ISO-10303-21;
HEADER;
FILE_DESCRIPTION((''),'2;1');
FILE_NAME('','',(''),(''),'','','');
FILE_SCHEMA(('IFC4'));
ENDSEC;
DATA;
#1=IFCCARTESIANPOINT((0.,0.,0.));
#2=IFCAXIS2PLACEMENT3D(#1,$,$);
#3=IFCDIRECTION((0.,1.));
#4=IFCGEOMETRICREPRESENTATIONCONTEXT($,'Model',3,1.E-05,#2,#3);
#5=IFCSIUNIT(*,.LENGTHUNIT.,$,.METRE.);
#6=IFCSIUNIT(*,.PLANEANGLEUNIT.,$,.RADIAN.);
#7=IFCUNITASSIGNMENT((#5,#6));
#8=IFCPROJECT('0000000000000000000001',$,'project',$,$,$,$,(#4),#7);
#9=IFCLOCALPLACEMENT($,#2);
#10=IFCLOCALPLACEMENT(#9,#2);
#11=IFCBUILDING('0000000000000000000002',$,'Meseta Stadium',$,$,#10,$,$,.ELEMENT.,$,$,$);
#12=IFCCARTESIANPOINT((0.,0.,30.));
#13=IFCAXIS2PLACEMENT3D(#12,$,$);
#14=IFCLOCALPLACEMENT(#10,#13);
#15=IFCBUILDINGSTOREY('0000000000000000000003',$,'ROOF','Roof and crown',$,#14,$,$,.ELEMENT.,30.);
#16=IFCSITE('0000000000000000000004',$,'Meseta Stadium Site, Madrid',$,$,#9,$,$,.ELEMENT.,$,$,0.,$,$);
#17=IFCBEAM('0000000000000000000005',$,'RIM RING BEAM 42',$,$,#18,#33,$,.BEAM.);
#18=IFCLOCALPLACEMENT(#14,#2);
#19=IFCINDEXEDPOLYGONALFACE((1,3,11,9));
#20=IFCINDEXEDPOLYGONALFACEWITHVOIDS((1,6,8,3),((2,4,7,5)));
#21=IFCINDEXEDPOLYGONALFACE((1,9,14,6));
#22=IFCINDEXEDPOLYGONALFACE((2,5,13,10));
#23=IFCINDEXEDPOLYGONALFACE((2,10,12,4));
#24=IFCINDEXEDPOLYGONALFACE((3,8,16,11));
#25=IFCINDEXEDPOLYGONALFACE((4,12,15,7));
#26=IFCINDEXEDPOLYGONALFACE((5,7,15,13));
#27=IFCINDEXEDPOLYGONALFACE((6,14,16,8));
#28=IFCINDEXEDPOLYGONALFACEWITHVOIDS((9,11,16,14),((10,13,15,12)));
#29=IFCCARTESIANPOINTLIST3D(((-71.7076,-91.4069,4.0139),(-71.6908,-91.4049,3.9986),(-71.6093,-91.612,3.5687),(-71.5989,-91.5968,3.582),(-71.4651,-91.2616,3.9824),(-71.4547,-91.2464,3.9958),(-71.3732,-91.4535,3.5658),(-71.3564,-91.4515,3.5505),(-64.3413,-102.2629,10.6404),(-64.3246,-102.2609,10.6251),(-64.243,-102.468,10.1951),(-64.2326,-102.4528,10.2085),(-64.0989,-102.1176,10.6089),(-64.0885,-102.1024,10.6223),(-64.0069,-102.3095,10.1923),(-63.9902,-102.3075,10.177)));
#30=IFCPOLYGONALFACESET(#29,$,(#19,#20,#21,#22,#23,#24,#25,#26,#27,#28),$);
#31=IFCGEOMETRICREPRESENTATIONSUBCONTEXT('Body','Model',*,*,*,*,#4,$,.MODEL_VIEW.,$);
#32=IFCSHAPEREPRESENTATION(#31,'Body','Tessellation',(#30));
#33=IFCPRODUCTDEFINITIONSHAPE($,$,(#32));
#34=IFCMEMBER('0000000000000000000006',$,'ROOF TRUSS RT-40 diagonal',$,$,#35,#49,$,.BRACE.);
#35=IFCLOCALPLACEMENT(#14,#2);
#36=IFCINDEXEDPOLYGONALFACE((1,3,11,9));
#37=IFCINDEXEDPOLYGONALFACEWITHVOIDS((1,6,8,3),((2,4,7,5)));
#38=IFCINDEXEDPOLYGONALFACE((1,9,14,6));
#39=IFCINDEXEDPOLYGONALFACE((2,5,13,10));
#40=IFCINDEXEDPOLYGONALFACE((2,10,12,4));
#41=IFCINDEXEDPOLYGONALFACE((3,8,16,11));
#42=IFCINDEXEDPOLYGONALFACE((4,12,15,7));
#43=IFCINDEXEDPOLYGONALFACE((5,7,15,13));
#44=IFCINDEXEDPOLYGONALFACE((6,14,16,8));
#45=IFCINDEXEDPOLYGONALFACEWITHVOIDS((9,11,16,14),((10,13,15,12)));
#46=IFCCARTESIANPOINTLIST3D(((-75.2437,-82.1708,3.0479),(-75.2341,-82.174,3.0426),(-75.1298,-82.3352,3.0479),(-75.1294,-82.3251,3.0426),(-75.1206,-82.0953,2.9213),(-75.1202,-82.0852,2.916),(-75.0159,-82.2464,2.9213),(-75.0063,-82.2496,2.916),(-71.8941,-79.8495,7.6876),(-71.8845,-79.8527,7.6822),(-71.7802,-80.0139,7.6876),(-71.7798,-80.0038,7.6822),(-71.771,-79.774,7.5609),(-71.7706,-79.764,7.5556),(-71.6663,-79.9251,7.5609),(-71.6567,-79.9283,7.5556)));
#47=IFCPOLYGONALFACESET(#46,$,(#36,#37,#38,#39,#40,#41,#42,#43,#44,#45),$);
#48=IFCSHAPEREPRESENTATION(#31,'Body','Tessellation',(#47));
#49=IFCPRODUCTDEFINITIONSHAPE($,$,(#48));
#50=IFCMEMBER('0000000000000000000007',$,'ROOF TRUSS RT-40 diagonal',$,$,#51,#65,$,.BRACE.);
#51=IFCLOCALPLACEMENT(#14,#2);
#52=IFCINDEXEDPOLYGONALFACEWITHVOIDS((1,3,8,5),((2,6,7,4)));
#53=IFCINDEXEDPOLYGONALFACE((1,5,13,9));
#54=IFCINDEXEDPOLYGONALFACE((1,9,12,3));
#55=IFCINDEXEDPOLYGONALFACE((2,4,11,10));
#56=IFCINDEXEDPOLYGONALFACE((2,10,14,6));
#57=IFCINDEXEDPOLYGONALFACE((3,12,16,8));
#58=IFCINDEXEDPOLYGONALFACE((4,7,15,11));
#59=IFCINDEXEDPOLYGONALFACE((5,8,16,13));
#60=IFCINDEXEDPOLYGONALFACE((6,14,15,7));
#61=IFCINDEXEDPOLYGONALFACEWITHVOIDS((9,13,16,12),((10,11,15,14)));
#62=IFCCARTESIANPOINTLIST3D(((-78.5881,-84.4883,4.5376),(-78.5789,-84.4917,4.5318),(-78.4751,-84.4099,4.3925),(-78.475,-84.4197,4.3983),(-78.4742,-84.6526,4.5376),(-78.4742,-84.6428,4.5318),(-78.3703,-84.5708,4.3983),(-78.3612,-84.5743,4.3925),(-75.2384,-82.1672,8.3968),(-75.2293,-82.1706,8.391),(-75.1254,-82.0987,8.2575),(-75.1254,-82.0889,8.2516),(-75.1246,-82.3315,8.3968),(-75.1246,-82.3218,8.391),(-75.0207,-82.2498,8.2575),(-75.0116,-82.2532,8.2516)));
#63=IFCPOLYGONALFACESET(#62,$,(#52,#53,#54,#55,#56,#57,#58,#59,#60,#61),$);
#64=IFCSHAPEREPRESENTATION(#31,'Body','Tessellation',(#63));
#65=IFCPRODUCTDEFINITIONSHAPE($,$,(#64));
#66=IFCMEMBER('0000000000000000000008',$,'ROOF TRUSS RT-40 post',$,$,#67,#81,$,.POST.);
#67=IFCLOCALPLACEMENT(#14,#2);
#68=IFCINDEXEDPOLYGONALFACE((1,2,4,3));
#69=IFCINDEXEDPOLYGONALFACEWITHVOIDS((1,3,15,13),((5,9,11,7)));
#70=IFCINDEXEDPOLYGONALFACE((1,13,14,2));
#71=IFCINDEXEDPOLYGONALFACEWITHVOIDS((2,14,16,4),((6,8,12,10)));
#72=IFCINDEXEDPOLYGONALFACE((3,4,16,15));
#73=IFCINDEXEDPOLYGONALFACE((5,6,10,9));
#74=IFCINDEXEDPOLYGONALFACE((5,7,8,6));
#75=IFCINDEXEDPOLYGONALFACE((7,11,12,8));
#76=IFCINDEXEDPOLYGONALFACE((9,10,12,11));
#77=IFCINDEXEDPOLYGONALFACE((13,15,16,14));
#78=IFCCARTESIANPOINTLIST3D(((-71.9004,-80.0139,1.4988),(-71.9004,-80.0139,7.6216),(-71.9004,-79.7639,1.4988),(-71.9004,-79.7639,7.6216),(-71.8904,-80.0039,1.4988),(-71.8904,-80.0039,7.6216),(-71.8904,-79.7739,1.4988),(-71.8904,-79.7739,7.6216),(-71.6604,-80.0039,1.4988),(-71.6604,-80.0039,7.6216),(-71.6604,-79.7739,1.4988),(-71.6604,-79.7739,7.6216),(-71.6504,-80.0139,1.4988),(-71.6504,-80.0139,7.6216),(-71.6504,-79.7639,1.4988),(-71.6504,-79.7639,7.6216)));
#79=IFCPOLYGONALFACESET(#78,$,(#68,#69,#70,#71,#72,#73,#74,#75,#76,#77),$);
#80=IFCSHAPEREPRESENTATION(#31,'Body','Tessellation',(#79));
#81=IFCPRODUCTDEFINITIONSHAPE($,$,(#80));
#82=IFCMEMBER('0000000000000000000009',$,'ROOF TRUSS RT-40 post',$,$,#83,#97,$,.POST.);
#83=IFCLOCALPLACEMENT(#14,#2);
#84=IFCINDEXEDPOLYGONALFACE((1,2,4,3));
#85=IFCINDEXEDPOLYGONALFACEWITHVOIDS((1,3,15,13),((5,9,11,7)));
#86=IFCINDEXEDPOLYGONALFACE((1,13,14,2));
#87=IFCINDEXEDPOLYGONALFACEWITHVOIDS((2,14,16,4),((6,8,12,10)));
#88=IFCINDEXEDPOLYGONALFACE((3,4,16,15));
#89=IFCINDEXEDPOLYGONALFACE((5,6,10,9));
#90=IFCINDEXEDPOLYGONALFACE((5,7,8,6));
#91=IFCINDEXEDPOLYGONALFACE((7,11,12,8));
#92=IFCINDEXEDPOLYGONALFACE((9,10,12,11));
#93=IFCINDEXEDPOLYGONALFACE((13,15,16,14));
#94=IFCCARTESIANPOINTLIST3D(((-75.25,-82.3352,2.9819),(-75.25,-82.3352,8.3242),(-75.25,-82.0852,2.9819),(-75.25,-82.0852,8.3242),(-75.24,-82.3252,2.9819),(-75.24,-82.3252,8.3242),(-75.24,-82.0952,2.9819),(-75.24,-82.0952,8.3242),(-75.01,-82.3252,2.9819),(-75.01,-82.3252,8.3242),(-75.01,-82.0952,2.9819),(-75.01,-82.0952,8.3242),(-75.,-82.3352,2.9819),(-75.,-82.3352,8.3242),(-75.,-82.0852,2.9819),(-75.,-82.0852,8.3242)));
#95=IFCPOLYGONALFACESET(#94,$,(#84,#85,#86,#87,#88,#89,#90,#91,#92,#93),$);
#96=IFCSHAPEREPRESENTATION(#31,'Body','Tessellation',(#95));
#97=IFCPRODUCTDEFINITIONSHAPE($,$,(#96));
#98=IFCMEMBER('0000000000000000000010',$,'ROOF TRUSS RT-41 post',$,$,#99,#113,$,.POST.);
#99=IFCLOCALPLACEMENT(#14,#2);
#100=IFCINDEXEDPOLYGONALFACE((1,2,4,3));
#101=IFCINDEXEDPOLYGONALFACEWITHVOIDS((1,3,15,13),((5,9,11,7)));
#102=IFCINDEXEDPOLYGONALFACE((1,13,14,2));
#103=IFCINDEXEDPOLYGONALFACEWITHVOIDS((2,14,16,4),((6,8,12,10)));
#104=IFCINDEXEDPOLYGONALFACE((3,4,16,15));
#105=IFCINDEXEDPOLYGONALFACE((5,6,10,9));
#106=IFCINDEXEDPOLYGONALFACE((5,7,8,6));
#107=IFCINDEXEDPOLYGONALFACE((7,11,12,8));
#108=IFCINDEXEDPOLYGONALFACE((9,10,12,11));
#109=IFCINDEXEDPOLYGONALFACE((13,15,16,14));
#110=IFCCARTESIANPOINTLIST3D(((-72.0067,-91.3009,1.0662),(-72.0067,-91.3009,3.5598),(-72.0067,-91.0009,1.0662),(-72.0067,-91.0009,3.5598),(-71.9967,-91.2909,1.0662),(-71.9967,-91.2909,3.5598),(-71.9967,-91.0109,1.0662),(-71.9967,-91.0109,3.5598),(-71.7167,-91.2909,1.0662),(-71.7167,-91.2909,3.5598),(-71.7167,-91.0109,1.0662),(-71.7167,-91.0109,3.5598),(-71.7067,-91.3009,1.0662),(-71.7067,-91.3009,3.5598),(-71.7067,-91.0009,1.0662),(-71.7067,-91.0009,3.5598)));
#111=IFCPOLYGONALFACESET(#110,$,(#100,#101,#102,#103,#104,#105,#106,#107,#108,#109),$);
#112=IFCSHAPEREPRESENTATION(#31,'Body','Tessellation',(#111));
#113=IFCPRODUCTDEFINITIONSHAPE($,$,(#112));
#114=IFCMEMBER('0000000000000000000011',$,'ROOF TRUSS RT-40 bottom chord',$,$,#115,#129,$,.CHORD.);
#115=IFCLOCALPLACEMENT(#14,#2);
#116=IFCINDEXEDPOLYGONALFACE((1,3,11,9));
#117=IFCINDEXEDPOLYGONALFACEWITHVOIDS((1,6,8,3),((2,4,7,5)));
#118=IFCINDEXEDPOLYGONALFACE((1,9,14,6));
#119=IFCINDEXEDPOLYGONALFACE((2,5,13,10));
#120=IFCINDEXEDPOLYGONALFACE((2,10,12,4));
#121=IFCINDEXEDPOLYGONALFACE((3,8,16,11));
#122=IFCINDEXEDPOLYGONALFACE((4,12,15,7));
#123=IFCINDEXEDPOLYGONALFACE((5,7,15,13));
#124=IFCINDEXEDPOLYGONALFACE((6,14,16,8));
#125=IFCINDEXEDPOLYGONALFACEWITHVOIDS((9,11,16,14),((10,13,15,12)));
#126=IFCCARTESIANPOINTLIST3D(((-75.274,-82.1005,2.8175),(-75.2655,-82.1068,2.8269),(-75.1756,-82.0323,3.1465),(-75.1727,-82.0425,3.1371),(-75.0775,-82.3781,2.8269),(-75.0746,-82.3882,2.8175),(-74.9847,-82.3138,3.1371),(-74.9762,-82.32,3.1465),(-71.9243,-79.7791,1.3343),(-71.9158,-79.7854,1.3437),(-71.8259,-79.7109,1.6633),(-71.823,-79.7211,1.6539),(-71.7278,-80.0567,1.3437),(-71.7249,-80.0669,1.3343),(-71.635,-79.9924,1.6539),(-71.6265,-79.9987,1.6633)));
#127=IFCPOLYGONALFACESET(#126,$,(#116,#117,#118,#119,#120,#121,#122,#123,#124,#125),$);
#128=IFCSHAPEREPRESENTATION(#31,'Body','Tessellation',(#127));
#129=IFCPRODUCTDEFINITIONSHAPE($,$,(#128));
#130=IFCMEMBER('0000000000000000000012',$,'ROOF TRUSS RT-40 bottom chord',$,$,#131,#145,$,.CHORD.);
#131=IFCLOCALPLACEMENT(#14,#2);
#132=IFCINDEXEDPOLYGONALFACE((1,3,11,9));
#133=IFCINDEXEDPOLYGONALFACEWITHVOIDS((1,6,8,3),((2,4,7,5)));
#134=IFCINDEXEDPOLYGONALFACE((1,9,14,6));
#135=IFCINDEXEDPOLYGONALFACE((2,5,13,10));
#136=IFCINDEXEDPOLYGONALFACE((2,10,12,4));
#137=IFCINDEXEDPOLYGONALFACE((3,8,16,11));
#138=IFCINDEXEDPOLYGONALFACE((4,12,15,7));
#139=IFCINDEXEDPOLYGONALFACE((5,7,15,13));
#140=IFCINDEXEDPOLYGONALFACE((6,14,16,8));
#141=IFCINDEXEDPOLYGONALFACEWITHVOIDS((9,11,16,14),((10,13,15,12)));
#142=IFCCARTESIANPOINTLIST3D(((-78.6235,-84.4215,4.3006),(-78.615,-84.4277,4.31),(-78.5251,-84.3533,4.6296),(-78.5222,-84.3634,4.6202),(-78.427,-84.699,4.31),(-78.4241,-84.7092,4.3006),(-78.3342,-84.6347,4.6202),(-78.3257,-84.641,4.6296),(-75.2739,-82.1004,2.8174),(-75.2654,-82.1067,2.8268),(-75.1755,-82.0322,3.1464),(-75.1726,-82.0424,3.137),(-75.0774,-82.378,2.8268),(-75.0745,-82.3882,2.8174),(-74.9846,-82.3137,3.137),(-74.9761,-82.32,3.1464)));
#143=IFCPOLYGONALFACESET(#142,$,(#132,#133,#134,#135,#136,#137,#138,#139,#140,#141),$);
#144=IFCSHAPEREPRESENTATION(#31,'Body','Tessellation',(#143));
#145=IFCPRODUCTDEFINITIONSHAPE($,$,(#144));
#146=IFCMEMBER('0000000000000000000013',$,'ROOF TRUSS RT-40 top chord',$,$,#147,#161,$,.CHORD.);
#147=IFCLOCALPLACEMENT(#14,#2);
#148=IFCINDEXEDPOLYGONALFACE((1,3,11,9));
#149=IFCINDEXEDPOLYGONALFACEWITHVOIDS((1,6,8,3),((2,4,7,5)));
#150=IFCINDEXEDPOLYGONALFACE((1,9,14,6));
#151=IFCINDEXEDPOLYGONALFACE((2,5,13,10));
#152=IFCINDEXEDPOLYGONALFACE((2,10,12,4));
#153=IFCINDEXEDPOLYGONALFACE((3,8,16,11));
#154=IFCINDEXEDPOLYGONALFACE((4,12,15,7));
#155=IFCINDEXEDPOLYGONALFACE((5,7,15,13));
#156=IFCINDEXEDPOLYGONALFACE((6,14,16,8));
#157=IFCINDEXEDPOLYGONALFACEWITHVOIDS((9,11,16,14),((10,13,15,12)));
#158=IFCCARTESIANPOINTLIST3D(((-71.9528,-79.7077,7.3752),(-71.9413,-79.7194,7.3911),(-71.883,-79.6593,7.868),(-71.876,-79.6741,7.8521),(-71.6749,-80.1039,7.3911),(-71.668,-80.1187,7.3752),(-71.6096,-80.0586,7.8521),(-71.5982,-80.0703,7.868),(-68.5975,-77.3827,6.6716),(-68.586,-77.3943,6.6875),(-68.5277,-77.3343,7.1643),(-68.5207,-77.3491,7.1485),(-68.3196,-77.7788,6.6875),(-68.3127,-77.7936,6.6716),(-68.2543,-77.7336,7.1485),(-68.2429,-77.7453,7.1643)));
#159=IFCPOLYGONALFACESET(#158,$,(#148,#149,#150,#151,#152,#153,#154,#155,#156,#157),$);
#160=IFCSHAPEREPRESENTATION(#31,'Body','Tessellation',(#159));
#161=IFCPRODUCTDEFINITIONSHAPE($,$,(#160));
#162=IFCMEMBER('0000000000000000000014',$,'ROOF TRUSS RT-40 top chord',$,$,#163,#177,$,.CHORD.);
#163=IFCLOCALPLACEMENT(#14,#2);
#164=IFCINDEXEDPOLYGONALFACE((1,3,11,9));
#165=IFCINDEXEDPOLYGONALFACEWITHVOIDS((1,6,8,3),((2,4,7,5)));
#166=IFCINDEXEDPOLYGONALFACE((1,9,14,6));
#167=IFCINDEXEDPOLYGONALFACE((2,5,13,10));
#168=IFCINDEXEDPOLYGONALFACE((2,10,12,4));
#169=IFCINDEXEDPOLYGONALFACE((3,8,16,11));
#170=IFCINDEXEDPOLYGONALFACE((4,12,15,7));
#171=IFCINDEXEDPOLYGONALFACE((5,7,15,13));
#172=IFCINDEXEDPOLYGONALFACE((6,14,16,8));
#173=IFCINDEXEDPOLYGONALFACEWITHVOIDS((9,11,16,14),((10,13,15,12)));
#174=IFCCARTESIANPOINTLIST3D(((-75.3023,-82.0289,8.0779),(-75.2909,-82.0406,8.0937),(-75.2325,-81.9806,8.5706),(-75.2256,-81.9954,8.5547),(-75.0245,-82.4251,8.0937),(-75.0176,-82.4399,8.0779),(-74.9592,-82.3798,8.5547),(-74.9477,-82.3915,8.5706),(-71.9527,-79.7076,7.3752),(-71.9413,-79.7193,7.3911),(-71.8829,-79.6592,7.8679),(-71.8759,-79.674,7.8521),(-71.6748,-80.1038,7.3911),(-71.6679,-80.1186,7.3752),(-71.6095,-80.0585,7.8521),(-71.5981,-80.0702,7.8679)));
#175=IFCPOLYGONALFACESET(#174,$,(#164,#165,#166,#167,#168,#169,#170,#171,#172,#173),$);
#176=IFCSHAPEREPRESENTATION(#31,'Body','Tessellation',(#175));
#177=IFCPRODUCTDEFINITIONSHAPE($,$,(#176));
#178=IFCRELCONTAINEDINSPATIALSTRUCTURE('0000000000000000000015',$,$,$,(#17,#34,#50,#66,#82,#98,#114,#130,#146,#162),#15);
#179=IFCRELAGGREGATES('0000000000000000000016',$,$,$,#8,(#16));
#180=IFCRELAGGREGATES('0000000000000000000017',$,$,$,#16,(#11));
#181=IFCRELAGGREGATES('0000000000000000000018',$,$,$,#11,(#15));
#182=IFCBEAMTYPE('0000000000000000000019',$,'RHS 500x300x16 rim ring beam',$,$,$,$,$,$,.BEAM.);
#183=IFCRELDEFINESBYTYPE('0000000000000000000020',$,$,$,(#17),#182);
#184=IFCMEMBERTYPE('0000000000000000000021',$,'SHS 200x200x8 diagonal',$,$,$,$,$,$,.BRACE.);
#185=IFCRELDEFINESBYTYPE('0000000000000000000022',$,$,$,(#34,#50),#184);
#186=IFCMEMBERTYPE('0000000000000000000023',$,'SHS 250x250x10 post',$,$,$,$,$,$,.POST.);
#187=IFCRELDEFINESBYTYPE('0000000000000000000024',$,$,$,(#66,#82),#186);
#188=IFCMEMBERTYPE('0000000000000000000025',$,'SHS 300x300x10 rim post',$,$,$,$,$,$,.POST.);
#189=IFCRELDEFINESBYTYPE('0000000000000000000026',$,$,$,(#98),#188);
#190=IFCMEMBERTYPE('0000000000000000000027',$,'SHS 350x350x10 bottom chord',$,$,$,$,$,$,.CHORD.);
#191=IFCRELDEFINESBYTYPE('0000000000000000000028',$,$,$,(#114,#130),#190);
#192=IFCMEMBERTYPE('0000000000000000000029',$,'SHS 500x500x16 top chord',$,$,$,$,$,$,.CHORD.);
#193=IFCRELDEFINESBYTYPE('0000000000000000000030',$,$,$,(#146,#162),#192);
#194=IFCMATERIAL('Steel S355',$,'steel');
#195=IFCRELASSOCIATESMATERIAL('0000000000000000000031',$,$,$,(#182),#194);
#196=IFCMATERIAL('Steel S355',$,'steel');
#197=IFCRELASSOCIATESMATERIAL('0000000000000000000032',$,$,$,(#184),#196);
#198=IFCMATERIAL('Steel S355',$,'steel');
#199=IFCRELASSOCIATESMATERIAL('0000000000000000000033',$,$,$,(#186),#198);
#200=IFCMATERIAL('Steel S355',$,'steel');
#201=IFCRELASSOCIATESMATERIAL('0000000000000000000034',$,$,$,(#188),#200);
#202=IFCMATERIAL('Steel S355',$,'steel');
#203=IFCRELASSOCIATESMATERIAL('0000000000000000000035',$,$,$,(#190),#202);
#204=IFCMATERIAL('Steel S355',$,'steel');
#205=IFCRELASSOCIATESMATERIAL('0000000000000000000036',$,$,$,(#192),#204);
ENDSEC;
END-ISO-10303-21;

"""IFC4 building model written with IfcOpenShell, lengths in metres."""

from ifc_helpers import new_model, si_unit, direction, frame, origin, origin_2d, place, context, subcontext, project, spatial, hollow_rectangle, extrude, material, material_profile, profile_set, type_object, element, save


model = new_model("IFC4")

# Units and contexts
model_context = context("Model", 3, precision=1e-05, world=origin(), true_north=direction((0.0, 1.0)))
body_context = subcontext(model_context, "Body", "Model", "MODEL_VIEW")
ifc_project = project(units=[si_unit("LENGTHUNIT", "METRE"), si_unit("PLANEANGLEUNIT", "RADIAN")], contexts=[model_context])

# Site, building, storey
site_placement = place(None, origin())
site = spatial("IfcSite", under=ifc_project, at=site_placement, Name="Meseta Stadium Site, Madrid", CompositionType="ELEMENT", RefElevation=0.0)
building_placement = place(site_placement, origin())
building = spatial("IfcBuilding", under=site, at=building_placement, Name="Meseta Stadium", CompositionType="ELEMENT")
storey_placement = place(building_placement, frame((0.0, 0.0, 30.0)))
storey = spatial("IfcBuildingStorey", under=building, at=storey_placement, Name="ROOF", Description="Roof and crown", CompositionType="ELEMENT", Elevation=30.0)

# Beam
ifc_material_1 = material(Name="Steel S355", Category="steel")
ifc_material_profile_1 = material_profile(ifc_material_1, hollow_rectangle(XDim=0.3, YDim=0.5, WallThickness=0.0161, at=origin_2d()), Name="RHS 500x300x16")
ifc_profile_set_1 = profile_set([ifc_material_profile_1], Name="Steel S355")
beam_type = type_object("IfcBeamType", Name="RHS 500x300x16 rim ring beam", PredefinedType="BEAM", material=ifc_profile_set_1)
beam_placement = place(storey_placement, frame((-71.532, -91.4292, 3.7822), z_axis=(0.501181, -0.738615, 0.45085), x_axis=(0.842724, 0.534946, -0.060414)))
element("IfcBeam", 1, at=beam_placement, inside=storey, type_object=beam_type, Name="RIM RING BEAM 42", PredefinedType="BEAM", context=body_context, shape_type="SweptSolid", body=[
    extrude(hollow_rectangle(XDim=0.3, YDim=0.5, WallThickness=0.0161, at=origin_2d()), origin(), (0.0, 0.0, 1.0), 14.6978),
])

# Members
ifc_material_2 = material(Name="Steel S355", Category="steel")
ifc_material_profile_2 = material_profile(ifc_material_2, hollow_rectangle(XDim=0.2, YDim=0.2, WallThickness=0.0081, at=origin_2d()), Name="SHS 200x200x8")
ifc_profile_set_2 = profile_set([ifc_material_profile_2], Name="Steel S355")
member_type_1 = type_object("IfcMemberType", Name="SHS 200x200x8 diagonal", PredefinedType="BRACE", material=ifc_profile_set_2)
member_1_placement = place(storey_placement, frame((-71.7754, -79.8889, 7.6216), z_axis=(-0.542419, -0.375898, -0.751321), x_axis=(0.569596, -0.821925, 0.0)))
element("IfcMember", 2, at=member_1_placement, inside=storey, type_object=member_type_1, Name="ROOF TRUSS RT-40 diagonal", PredefinedType="BRACE", context=body_context, shape_type="SweptSolid", body=[
    extrude(hollow_rectangle(XDim=0.2, YDim=0.2, WallThickness=0.0081, at=origin_2d()), origin(), (0.0, 0.0, 1.0), 6.1753),
])
member_2_placement = place(storey_placement, frame((-75.125, -82.2102, 8.3242), z_axis=(-0.596814, -0.41355, -0.687597), x_axis=(0.569556, -0.821953, 0.0)))
element("IfcMember", 3, at=member_2_placement, inside=storey, type_object=member_type_1, Name="ROOF TRUSS RT-40 diagonal", PredefinedType="BRACE", context=body_context, shape_type="SweptSolid", body=[
    extrude(hollow_rectangle(XDim=0.2, YDim=0.2, WallThickness=0.0081, at=origin_2d()), origin(), (0.0, 0.0, 1.0), 5.6125),
])
ifc_material_3 = material(Name="Steel S355", Category="steel")
ifc_material_profile_3 = material_profile(ifc_material_3, hollow_rectangle(XDim=0.25, YDim=0.25, WallThickness=0.01, at=origin_2d()), Name="SHS 250x250x10")
ifc_profile_set_3 = profile_set([ifc_material_profile_3], Name="Steel S355")
member_type_2 = type_object("IfcMemberType", Name="SHS 250x250x10 post", PredefinedType="POST", material=ifc_profile_set_3)
member_3_placement = place(storey_placement, frame((-71.7754, -79.8889, 1.4988), z_axis=(0.0, 0.0, 1.0), x_axis=(1.0, 0.0, 0.0)))
element("IfcMember", 4, at=member_3_placement, inside=storey, type_object=member_type_2, Name="ROOF TRUSS RT-40 post", PredefinedType="POST", context=body_context, shape_type="SweptSolid", body=[
    extrude(hollow_rectangle(XDim=0.25, YDim=0.25, WallThickness=0.01, at=origin_2d()), origin(), (0.0, 0.0, 1.0), 6.1228),
])
member_4_placement = place(storey_placement, frame((-75.125, -82.2102, 2.9819), z_axis=(0.0, 0.0, 1.0), x_axis=(1.0, 0.0, 0.0)))
element("IfcMember", 5, at=member_4_placement, inside=storey, type_object=member_type_2, Name="ROOF TRUSS RT-40 post", PredefinedType="POST", context=body_context, shape_type="SweptSolid", body=[
    extrude(hollow_rectangle(XDim=0.25, YDim=0.25, WallThickness=0.01, at=origin_2d()), origin(), (0.0, 0.0, 1.0), 5.3423),
])
ifc_material_4 = material(Name="Steel S355", Category="steel")
ifc_material_profile_4 = material_profile(ifc_material_4, hollow_rectangle(XDim=0.3, YDim=0.3, WallThickness=0.01, at=origin_2d()), Name="SHS 300x300x10")
ifc_profile_set_4 = profile_set([ifc_material_profile_4], Name="Steel S355")
member_type_3 = type_object("IfcMemberType", Name="SHS 300x300x10 rim post", PredefinedType="POST", material=ifc_profile_set_4)
member_5_placement = place(storey_placement, frame((-71.8567, -91.1509, 1.0662), z_axis=(0.0, 0.0, 1.0), x_axis=(1.0, 0.0, 0.0)))
element("IfcMember", 6, at=member_5_placement, inside=storey, type_object=member_type_3, Name="ROOF TRUSS RT-41 post", PredefinedType="POST", context=body_context, shape_type="SweptSolid", body=[
    extrude(hollow_rectangle(XDim=0.3, YDim=0.3, WallThickness=0.01, at=origin_2d()), origin(), (0.0, 0.0, 1.0), 2.4937),
])
ifc_material_5 = material(Name="Steel S355", Category="steel")
ifc_material_profile_5 = material_profile(ifc_material_5, hollow_rectangle(XDim=0.3501, YDim=0.3501, WallThickness=0.01, at=origin_2d()), Name="SHS 350x350x10")
ifc_profile_set_5 = profile_set([ifc_material_profile_5], Name="Steel S355")
member_type_4 = type_object("IfcMemberType", Name="SHS 350x350x10 bottom chord", PredefinedType="CHORD", material=ifc_profile_set_5)
member_6_placement = place(storey_placement, frame((-71.7754, -79.8889, 1.4988), z_axis=(-0.772365, -0.535251, 0.341991), x_axis=(0.569596, -0.821925, 0.0)))
element("IfcMember", 7, at=member_6_placement, inside=storey, type_object=member_type_4, Name="ROOF TRUSS RT-40 bottom chord", PredefinedType="CHORD", context=body_context, shape_type="SweptSolid", body=[
    extrude(hollow_rectangle(XDim=0.3501, YDim=0.3501, WallThickness=0.01, at=origin_2d()), origin(), (0.0, 0.0, 1.0), 4.3369),
])
member_7_placement = place(storey_placement, frame((-75.125, -82.2102, 2.9819), z_axis=(-0.772388, -0.535211, 0.342001), x_axis=(0.569556, -0.821953, 0.0)))
element("IfcMember", 8, at=member_7_placement, inside=storey, type_object=member_type_4, Name="ROOF TRUSS RT-40 bottom chord", PredefinedType="CHORD", context=body_context, shape_type="SweptSolid", body=[
    extrude(hollow_rectangle(XDim=0.3501, YDim=0.3501, WallThickness=0.01, at=origin_2d()), origin(), (0.0, 0.0, 1.0), 4.3367),
])
ifc_material_6 = material(Name="Steel S355", Category="steel")
ifc_material_profile_6 = material_profile(ifc_material_6, hollow_rectangle(XDim=0.5, YDim=0.5, WallThickness=0.0161, at=origin_2d()), Name="SHS 500x500x16")
ifc_profile_set_6 = profile_set([ifc_material_profile_6], Name="Steel S355")
member_type_5 = type_object("IfcMemberType", Name="SHS 500x500x16 top chord", PredefinedType="CHORD", material=ifc_profile_set_6)
member_8_placement = place(storey_placement, frame((-68.4202, -77.564, 6.918), z_axis=(-0.810006, -0.561281, 0.169864), x_axis=(0.569558, -0.821951, 0.0)))
element("IfcMember", 9, at=member_8_placement, inside=storey, type_object=member_type_5, Name="ROOF TRUSS RT-40 top chord", PredefinedType="CHORD", context=body_context, shape_type="SweptSolid", body=[
    extrude(hollow_rectangle(XDim=0.5, YDim=0.5, WallThickness=0.0161, at=origin_2d()), origin(), (0.0, 0.0, 1.0), 4.1423),
])
member_9_placement = place(storey_placement, frame((-71.7754, -79.8889, 7.6216), z_axis=(-0.809974, -0.561314, 0.169906), x_axis=(0.569596, -0.821925, 0.0)))
element("IfcMember", 10, at=member_9_placement, inside=storey, type_object=member_type_5, Name="ROOF TRUSS RT-40 top chord", PredefinedType="CHORD", context=body_context, shape_type="SweptSolid", body=[
    extrude(hollow_rectangle(XDim=0.5, YDim=0.5, WallThickness=0.0161, at=origin_2d()), origin(), (0.0, 0.0, 1.0), 4.1355),
])

save(model, "model.ifc")
